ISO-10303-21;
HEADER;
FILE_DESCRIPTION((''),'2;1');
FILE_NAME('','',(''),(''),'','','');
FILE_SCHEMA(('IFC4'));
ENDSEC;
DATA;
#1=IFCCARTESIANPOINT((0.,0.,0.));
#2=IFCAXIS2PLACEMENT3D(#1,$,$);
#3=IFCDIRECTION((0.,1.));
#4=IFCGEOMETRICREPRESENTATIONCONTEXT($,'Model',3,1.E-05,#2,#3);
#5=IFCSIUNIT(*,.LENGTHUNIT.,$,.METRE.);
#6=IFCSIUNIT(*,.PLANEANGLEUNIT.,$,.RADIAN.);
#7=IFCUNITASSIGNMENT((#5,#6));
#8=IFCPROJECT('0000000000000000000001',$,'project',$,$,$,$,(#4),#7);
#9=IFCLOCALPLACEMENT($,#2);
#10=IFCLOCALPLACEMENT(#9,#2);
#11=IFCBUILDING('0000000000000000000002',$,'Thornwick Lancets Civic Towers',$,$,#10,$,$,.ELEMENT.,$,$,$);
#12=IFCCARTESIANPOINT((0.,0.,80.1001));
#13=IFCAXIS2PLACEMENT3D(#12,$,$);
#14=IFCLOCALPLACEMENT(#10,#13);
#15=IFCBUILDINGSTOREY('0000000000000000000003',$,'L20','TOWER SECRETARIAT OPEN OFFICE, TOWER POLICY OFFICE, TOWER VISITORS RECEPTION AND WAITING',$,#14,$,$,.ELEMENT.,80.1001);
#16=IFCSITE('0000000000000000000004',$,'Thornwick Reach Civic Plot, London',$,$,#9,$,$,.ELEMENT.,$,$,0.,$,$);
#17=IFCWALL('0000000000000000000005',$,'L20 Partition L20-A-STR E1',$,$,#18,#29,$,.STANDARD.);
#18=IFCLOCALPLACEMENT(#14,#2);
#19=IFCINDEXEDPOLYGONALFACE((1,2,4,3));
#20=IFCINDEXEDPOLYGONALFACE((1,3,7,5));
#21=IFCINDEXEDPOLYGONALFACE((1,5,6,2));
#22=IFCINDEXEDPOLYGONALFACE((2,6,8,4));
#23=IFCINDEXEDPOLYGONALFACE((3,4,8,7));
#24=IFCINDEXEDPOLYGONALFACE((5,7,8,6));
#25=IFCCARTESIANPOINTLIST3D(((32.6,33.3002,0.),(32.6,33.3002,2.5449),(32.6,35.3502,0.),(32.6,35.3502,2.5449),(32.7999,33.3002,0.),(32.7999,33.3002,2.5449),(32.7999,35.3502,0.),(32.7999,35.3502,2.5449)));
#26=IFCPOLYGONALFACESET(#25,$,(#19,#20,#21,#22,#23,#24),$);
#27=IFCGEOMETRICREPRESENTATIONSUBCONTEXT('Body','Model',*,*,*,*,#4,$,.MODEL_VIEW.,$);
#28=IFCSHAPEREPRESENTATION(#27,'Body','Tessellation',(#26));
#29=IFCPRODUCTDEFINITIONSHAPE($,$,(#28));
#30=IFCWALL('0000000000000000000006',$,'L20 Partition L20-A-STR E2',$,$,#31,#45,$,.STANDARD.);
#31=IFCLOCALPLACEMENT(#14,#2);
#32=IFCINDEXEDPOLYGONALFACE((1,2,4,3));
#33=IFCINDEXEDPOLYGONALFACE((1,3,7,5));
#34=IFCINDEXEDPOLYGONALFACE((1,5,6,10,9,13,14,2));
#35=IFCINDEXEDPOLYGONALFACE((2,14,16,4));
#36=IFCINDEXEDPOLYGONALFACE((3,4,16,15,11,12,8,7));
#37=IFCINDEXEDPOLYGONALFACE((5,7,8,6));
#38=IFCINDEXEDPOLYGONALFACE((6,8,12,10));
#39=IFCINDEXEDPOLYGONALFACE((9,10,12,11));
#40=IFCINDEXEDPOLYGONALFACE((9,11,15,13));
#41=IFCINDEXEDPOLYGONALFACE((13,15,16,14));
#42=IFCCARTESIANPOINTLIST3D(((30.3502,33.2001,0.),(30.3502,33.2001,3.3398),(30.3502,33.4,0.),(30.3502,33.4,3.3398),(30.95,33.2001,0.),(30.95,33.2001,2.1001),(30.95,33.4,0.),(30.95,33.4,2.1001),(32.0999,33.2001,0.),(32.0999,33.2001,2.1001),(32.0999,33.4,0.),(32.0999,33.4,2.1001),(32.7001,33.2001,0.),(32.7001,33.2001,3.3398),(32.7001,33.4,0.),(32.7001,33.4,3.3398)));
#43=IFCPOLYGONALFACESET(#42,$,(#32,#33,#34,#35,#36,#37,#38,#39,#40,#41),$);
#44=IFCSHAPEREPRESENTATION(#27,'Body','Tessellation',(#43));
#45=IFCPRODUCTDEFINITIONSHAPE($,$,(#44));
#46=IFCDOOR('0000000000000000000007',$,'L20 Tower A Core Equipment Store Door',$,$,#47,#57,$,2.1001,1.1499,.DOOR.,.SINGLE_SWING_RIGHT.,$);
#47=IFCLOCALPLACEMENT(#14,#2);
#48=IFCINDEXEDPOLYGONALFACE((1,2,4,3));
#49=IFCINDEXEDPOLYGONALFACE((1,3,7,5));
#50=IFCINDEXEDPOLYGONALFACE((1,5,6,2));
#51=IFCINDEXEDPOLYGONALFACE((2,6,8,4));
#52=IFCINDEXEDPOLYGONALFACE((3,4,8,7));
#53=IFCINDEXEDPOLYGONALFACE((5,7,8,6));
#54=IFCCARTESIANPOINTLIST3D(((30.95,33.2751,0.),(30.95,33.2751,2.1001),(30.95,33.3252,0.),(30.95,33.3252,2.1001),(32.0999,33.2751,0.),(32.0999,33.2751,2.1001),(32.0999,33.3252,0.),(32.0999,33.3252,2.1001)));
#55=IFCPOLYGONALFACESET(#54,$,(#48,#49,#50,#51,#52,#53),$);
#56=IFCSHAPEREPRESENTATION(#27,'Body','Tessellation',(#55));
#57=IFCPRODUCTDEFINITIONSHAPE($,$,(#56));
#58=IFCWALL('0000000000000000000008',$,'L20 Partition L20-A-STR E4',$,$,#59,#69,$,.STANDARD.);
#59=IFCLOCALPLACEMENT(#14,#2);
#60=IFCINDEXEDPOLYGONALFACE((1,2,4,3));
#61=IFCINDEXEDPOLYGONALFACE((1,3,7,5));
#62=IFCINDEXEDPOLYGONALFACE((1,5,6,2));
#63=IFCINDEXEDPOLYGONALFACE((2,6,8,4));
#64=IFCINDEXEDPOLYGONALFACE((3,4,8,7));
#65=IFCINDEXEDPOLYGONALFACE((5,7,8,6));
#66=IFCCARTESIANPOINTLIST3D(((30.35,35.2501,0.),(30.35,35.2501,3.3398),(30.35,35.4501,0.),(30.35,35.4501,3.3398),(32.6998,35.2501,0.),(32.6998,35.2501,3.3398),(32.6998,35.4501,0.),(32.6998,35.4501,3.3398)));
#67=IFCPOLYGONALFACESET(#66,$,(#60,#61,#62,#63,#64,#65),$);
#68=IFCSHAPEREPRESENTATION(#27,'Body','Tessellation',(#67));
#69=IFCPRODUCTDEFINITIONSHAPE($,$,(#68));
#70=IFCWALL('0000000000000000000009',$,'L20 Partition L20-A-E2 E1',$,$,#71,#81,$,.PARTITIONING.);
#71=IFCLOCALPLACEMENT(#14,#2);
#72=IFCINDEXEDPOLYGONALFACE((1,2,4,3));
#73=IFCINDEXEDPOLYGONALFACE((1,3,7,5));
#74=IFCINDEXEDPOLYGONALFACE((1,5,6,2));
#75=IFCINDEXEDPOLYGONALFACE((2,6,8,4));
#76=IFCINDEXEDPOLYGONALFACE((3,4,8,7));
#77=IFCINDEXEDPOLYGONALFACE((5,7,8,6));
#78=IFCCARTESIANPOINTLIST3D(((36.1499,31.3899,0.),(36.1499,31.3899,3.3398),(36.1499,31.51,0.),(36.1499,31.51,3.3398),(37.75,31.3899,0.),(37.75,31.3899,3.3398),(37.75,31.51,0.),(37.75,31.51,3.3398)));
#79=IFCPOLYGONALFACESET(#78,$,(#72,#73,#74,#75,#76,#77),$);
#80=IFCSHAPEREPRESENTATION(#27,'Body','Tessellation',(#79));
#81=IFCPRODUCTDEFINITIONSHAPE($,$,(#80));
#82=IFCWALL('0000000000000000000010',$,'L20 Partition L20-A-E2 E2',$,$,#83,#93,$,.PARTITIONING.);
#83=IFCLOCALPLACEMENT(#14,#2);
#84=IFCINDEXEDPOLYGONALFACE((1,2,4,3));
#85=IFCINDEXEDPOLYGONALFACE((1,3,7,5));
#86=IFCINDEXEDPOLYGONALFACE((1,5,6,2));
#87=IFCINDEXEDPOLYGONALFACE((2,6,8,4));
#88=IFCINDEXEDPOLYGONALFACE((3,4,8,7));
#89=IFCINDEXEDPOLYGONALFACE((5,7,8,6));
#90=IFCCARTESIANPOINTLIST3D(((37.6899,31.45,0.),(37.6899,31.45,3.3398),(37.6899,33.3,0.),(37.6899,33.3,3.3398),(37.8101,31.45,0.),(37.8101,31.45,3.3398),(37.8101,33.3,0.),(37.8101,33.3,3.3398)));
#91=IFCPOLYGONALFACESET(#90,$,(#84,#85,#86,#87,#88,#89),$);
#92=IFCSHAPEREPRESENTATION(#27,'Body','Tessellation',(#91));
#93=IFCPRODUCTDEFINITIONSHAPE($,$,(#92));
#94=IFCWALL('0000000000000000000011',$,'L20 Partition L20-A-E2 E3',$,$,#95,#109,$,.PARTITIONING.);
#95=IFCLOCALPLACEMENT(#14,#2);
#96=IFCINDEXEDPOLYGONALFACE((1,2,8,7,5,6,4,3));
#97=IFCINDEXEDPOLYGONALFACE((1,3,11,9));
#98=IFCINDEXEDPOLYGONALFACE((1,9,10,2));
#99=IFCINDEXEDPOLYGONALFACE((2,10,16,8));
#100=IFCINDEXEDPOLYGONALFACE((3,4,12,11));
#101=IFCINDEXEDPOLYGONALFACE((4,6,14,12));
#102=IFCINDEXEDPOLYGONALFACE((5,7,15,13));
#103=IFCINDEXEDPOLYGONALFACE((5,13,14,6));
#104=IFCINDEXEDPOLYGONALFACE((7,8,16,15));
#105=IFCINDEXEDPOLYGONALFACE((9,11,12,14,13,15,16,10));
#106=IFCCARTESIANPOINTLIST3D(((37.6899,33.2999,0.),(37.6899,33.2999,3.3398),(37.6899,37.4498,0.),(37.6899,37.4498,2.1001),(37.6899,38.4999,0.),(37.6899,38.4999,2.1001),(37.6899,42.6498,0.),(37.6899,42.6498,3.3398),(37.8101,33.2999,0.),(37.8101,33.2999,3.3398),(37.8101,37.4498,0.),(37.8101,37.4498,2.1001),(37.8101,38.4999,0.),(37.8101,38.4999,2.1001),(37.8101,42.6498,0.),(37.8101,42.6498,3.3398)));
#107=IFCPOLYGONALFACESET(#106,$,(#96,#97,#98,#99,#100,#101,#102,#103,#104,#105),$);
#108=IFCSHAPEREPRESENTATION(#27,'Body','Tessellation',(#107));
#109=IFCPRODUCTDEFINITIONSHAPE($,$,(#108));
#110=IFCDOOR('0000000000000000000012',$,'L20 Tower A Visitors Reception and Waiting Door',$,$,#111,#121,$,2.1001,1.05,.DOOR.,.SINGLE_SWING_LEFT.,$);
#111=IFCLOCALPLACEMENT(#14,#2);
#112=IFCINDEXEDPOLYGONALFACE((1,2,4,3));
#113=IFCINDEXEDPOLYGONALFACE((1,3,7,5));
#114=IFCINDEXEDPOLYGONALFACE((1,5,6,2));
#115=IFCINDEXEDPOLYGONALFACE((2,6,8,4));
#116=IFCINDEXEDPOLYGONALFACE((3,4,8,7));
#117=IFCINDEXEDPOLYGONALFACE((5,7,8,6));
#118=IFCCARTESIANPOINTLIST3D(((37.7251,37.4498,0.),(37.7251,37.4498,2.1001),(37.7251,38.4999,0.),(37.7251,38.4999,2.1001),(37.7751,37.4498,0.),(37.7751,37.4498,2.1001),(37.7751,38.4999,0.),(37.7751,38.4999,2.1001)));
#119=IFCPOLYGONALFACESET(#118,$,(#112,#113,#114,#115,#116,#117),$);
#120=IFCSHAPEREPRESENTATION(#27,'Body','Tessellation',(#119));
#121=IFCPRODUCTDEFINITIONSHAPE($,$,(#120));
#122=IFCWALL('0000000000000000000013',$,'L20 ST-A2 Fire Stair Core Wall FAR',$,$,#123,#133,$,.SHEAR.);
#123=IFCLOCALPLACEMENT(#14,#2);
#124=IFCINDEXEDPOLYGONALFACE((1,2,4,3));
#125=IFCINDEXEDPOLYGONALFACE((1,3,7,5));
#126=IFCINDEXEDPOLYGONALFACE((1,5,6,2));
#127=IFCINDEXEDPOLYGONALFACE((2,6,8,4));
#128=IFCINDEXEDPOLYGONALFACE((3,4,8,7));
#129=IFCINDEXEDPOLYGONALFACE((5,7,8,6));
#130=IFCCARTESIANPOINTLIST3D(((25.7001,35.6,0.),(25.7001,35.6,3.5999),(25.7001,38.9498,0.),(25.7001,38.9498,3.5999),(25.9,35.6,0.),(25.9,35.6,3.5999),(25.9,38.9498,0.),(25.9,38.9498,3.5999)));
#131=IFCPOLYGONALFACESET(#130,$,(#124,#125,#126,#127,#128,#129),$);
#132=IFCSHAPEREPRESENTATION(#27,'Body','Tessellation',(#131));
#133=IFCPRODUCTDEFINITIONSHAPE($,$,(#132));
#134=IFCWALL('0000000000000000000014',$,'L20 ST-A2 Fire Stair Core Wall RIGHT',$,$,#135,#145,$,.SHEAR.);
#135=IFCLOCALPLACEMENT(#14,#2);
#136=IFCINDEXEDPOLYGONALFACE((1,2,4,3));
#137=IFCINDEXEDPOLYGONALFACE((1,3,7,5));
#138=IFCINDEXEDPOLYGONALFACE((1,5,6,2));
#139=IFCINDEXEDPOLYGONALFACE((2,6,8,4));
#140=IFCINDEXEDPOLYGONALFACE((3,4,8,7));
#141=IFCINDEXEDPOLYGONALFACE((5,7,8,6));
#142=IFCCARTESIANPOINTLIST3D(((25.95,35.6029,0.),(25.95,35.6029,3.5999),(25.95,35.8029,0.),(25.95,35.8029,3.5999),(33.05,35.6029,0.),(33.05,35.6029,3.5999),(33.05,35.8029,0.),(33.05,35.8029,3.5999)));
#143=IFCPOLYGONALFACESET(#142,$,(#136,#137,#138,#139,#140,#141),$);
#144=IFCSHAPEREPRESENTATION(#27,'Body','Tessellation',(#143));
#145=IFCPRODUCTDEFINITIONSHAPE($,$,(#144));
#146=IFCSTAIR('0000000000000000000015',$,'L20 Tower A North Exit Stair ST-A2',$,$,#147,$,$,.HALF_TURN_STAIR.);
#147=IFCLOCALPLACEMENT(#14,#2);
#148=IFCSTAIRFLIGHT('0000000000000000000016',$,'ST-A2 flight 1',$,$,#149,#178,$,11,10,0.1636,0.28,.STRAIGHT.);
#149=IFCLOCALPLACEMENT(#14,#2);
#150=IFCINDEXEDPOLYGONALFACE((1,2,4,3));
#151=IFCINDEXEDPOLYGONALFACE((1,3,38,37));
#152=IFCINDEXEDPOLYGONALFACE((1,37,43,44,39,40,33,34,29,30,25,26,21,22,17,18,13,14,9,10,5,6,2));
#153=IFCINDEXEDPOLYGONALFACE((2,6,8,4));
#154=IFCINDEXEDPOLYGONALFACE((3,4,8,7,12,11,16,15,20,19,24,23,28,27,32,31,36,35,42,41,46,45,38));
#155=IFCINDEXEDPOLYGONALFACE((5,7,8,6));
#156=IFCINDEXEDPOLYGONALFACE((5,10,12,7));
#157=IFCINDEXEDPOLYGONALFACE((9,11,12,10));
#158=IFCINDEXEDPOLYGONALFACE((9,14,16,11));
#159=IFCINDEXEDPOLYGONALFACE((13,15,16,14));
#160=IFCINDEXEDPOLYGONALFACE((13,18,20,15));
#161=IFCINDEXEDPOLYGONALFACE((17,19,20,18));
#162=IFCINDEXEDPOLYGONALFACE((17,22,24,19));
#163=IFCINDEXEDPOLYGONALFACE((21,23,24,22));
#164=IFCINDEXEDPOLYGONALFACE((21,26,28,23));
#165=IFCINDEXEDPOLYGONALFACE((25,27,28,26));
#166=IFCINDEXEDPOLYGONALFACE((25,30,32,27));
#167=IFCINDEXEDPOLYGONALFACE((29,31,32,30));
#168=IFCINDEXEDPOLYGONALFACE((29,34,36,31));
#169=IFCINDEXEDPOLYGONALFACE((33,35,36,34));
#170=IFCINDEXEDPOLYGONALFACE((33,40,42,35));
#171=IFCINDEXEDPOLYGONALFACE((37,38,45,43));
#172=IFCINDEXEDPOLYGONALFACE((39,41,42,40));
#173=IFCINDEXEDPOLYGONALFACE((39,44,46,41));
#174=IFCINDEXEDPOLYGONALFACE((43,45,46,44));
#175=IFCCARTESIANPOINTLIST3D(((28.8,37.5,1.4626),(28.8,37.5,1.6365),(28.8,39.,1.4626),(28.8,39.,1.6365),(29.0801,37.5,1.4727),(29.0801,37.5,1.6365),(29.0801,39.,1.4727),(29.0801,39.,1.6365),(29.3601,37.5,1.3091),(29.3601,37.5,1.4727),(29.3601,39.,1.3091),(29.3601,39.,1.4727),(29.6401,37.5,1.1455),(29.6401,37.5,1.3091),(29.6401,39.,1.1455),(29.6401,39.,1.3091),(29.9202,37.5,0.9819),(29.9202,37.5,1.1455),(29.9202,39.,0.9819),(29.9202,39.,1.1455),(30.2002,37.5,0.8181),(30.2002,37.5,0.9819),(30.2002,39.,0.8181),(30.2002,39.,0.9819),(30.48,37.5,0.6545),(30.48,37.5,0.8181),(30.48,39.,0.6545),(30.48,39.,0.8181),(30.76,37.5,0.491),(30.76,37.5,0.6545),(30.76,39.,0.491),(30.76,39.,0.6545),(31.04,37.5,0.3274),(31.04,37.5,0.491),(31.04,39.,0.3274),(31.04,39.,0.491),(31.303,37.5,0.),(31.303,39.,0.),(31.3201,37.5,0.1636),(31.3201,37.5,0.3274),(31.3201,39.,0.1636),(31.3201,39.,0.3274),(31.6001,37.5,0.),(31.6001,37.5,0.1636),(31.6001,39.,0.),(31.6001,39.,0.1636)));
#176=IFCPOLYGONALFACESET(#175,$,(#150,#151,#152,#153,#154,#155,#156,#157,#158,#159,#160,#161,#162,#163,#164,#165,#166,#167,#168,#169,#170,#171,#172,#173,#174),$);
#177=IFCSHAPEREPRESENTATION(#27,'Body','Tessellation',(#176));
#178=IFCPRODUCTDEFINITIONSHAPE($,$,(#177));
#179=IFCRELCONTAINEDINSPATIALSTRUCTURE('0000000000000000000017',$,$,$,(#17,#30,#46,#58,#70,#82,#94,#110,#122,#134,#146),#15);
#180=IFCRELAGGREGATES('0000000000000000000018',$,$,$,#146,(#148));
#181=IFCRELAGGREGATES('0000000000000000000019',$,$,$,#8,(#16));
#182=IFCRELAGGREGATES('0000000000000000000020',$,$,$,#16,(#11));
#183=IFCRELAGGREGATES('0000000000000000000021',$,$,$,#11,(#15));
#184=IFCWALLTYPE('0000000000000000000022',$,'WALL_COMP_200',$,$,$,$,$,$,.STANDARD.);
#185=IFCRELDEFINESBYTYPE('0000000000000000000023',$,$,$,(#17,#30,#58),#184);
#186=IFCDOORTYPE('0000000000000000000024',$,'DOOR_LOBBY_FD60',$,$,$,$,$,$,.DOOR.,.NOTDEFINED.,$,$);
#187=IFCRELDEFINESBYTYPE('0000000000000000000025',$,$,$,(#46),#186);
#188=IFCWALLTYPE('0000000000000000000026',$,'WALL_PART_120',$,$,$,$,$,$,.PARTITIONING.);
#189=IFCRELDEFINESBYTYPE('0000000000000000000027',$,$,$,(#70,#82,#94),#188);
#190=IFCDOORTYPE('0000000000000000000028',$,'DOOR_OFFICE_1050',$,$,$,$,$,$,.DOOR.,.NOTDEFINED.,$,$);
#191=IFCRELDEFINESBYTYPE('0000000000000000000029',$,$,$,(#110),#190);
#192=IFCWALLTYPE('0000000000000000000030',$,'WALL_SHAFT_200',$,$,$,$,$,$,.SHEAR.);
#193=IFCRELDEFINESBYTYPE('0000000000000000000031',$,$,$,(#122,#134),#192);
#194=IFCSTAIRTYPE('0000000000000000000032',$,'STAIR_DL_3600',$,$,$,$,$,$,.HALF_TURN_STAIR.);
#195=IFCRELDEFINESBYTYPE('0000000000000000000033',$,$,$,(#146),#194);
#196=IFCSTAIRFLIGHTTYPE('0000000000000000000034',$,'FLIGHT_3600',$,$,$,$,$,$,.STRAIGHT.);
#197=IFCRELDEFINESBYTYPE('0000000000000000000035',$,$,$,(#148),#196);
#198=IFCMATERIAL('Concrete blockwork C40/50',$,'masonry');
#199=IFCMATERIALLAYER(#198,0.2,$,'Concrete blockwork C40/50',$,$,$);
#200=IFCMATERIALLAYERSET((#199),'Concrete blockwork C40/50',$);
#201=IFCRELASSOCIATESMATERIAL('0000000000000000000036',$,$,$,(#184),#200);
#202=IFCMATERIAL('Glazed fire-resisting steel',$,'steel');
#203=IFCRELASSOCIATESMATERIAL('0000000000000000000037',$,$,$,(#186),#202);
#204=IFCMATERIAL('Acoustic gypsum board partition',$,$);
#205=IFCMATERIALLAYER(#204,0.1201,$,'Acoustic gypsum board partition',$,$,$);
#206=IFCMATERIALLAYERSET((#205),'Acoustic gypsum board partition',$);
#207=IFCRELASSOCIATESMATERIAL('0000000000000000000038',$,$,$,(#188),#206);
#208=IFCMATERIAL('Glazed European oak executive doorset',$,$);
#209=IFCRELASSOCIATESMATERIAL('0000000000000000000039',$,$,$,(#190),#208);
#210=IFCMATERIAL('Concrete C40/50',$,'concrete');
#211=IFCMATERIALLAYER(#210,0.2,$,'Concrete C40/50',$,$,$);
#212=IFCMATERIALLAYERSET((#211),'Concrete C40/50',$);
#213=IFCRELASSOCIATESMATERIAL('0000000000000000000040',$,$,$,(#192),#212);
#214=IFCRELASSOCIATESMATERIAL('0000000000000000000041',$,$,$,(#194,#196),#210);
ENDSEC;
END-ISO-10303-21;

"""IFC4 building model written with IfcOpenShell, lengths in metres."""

from ifc_helpers import new_model, si_unit, direction, frame, frame_2d, origin, place, context, subcontext, project, spatial, polyline, rectangle, outline, extrude, material, layer, layer_set, type_object, element, fill, aggregate, save


model = new_model("IFC4")

# Units and contexts
model_context = context("Model", 3, precision=1e-05, world=origin(), true_north=direction((0.0, 1.0)))
body_context = subcontext(model_context, "Body", "Model", "MODEL_VIEW")
ifc_project = project(units=[si_unit("LENGTHUNIT", "METRE"), si_unit("PLANEANGLEUNIT", "RADIAN")], contexts=[model_context])

# Site, building, storey
site_placement = place(None, origin())
site = spatial("IfcSite", under=ifc_project, at=site_placement, Name="Thornwick Reach Civic Plot, London", CompositionType="ELEMENT", RefElevation=0.0)
building_placement = place(site_placement, origin())
building = spatial("IfcBuilding", under=site, at=building_placement, Name="Thornwick Lancets Civic Towers", CompositionType="ELEMENT")
storey_placement = place(building_placement, frame((0.0, 0.0, 80.1001)))
storey = spatial("IfcBuildingStorey", under=building, at=storey_placement, Name="L20", Description="TOWER SECRETARIAT OPEN OFFICE, TOWER POLICY OFFICE, TOWER VISITORS RECEPTION AND WAITING", CompositionType="ELEMENT", Elevation=80.1001)

# Shared definitions
ifc_material_1 = material(Name="Concrete blockwork C40/50", Category="masonry")
ifc_layer_1 = layer(ifc_material_1, 0.2, Name="Concrete blockwork C40/50")
ifc_layer_set_1 = layer_set([ifc_layer_1], Name="Concrete blockwork C40/50")
wall_type_1 = type_object("IfcWallType", Name="WALL_COMP_200", PredefinedType="STANDARD", material=ifc_layer_set_1)

# Shared definitions
ifc_material_2 = material(Name="Glazed fire-resisting steel", Category="steel")
door_type_1 = type_object("IfcDoorType", Name="DOOR_LOBBY_FD60", OperationType="NOTDEFINED", PredefinedType="DOOR", material=ifc_material_2)

# Wall
wall_1_placement = place(storey_placement, frame((32.7, 35.3501, 0.0), z_axis=(0.0, 0.0, 1.0), x_axis=(0.0, -1.0, 0.0)))
element("IfcWall", 1, at=wall_1_placement, inside=storey, type_object=wall_type_1, Name="L20 Partition L20-A-STR E1", PredefinedType="STANDARD", context=body_context, shape_type="SweptSolid", body=[
    extrude(rectangle(XDim=2.05, YDim=0.2, at=frame_2d((1.0249, 0.0))), origin(), (0.0, 0.0, 1.0), 2.5449),
])

# Wall, opening, door
wall_2_placement = place(storey_placement, frame((32.7, 33.3, 0.0), z_axis=(0.0, 0.0, 1.0), x_axis=(-1.0, 0.0, 0.0)))
wall_2 = element("IfcWall", 2, at=wall_2_placement, inside=storey, type_object=wall_type_1, Name="L20 Partition L20-A-STR E2", PredefinedType="STANDARD", context=body_context, shape_type="SweptSolid", body=[
    extrude(rectangle(XDim=2.3499, YDim=0.2, at=frame_2d((1.1748, 0.0))), origin(), (0.0, 0.0, 1.0), 3.3398),
])
opening_1_placement = place(wall_2_placement, frame((0.6001, 0.0, 0.0)))
opening_1 = element("IfcOpeningElement", 3, at=opening_1_placement, cuts=wall_2, PredefinedType="OPENING", context=body_context, shape_type="SweptSolid", body=[
    extrude(rectangle(XDim=1.1499, YDim=2.1001, at=frame_2d((0.575, 1.05))), frame((0.0, 0.1099, 0.0), z_axis=(0.0, -1.0, 0.0), x_axis=(1.0, 0.0, 0.0)), (0.0, 0.0, 1.0), 0.22),
])
door_1_placement = place(opening_1_placement, origin())
door_1 = element("IfcDoor", 4, at=door_1_placement, inside=storey, type_object=door_type_1, Name="L20 Tower A Core Equipment Store Door", OperationType="SINGLE_SWING_RIGHT", OverallHeight=2.1001, OverallWidth=1.1499, PredefinedType="DOOR", context=body_context, shape_type="SweptSolid", body=[
    extrude(rectangle(XDim=1.1499, YDim=2.1001, at=frame_2d((0.575, 1.05))), frame((0.0, 0.0249, 0.0), z_axis=(0.0, -1.0, 0.0), x_axis=(1.0, 0.0, 0.0)), (0.0, 0.0, 1.0), 0.05),
])
fill(opening_1, door_1)

# Walls
wall_3_placement = place(storey_placement, frame((30.3501, 35.3501, 0.0), z_axis=(0.0, 0.0, 1.0), x_axis=(1.0, 0.0, 0.0)))
element("IfcWall", 5, at=wall_3_placement, inside=storey, type_object=wall_type_1, Name="L20 Partition L20-A-STR E4", PredefinedType="STANDARD", context=body_context, shape_type="SweptSolid", body=[
    extrude(rectangle(XDim=2.3499, YDim=0.2, at=frame_2d((1.1748, 0.0))), origin(), (0.0, 0.0, 1.0), 3.3398),
])
ifc_material_3 = material(Name="Acoustic gypsum board partition")
ifc_layer_2 = layer(ifc_material_3, 0.1201, Name="Acoustic gypsum board partition")
ifc_layer_set_2 = layer_set([ifc_layer_2], Name="Acoustic gypsum board partition")
wall_type_2 = type_object("IfcWallType", Name="WALL_PART_120", PredefinedType="PARTITIONING", material=ifc_layer_set_2)
wall_4_placement = place(storey_placement, frame((36.1499, 31.45, 0.0), z_axis=(0.0, 0.0, 1.0), x_axis=(1.0, 0.0, 0.0)))
element("IfcWall", 6, at=wall_4_placement, inside=storey, type_object=wall_type_2, Name="L20 Partition L20-A-E2 E1", PredefinedType="PARTITIONING", context=body_context, shape_type="SweptSolid", body=[
    extrude(rectangle(XDim=1.6001, YDim=0.1201, at=frame_2d((0.8, 0.0))), origin(), (0.0, 0.0, 1.0), 3.3398),
])
wall_5_placement = place(storey_placement, frame((37.75, 31.45, 0.0), z_axis=(0.0, 0.0, 1.0), x_axis=(0.0, 1.0, 0.0)))
element("IfcWall", 7, at=wall_5_placement, inside=storey, type_object=wall_type_2, Name="L20 Partition L20-A-E2 E2", PredefinedType="PARTITIONING", context=body_context, shape_type="SweptSolid", body=[
    extrude(rectangle(XDim=1.8501, YDim=0.1201, at=frame_2d((0.925, 0.0))), origin(), (0.0, 0.0, 1.0), 3.3398),
])

# Wall, opening, door
wall_6_placement = place(storey_placement, frame((37.75, 33.3, 0.0), z_axis=(0.0, 0.0, 1.0), x_axis=(0.0, 1.0, 0.0)))
wall_6 = element("IfcWall", 8, at=wall_6_placement, inside=storey, type_object=wall_type_2, Name="L20 Partition L20-A-E2 E3", PredefinedType="PARTITIONING", context=body_context, shape_type="SweptSolid", body=[
    extrude(rectangle(XDim=9.3499, YDim=0.1201, at=frame_2d((4.6748, 0.0))), origin(), (0.0, 0.0, 1.0), 3.3398),
])
opening_2_placement = place(wall_6_placement, frame((4.1499, 0.0, 0.0)))
opening_2 = element("IfcOpeningElement", 9, at=opening_2_placement, cuts=wall_6, PredefinedType="OPENING", context=body_context, shape_type="SweptSolid", body=[
    extrude(rectangle(XDim=1.05, YDim=2.1001, at=frame_2d((0.5249, 1.05))), frame((0.0, 0.0701, 0.0), z_axis=(0.0, -1.0, 0.0), x_axis=(1.0, 0.0, 0.0)), (0.0, 0.0, 1.0), 0.1401),
])
ifc_material_4 = material(Name="Glazed European oak executive doorset")
door_type_2 = type_object("IfcDoorType", Name="DOOR_OFFICE_1050", OperationType="NOTDEFINED", PredefinedType="DOOR", material=ifc_material_4)
door_2_placement = place(opening_2_placement, origin())
door_2 = element("IfcDoor", 10, at=door_2_placement, inside=storey, type_object=door_type_2, Name="L20 Tower A Visitors Reception and Waiting Door", OperationType="SINGLE_SWING_LEFT", OverallHeight=2.1001, OverallWidth=1.05, PredefinedType="DOOR", context=body_context, shape_type="SweptSolid", body=[
    extrude(rectangle(XDim=1.05, YDim=2.1001, at=frame_2d((0.5249, 1.05))), frame((0.0, 0.0249, 0.0), z_axis=(0.0, -1.0, 0.0), x_axis=(1.0, 0.0, 0.0)), (0.0, 0.0, 1.0), 0.05),
])
fill(opening_2, door_2)

# Walls
ifc_material_5 = material(Name="Concrete C40/50", Category="concrete")
ifc_layer_3 = layer(ifc_material_5, 0.2, Name="Concrete C40/50")
ifc_layer_set_3 = layer_set([ifc_layer_3], Name="Concrete C40/50")
wall_type_3 = type_object("IfcWallType", Name="WALL_SHAFT_200", PredefinedType="SHEAR", material=ifc_layer_set_3)
wall_7_placement = place(storey_placement, frame((25.8, 35.6001, 0.0), z_axis=(0.0, 0.0, 1.0), x_axis=(0.0, 1.0, 0.0)))
element("IfcWall", 11, at=wall_7_placement, inside=storey, type_object=wall_type_3, Name="L20 ST-A2 Fire Stair Core Wall FAR", PredefinedType="SHEAR", context=body_context, shape_type="SweptSolid", body=[
    extrude(rectangle(XDim=3.3499, YDim=0.2, at=frame_2d((1.6748, 0.0))), origin(), (0.0, 0.0, 1.0), 3.5999),
])
wall_8_placement = place(storey_placement, frame((25.95, 35.7029, 0.0), z_axis=(0.0, 0.0, 1.0), x_axis=(1.0, 0.0, 0.0)))
element("IfcWall", 12, at=wall_8_placement, inside=storey, type_object=wall_type_3, Name="L20 ST-A2 Fire Stair Core Wall RIGHT", PredefinedType="SHEAR", context=body_context, shape_type="SweptSolid", body=[
    extrude(rectangle(XDim=7.1001, YDim=0.2, at=frame_2d((3.55, 0.0))), origin(), (0.0, 0.0, 1.0), 3.5999),
])

# Stair, stair flight
stair_type = type_object("IfcStairType", Name="STAIR_DL_3600", PredefinedType="HALF_TURN_STAIR", material=ifc_material_5)
stair_placement = place(storey_placement, origin())
stair = element("IfcStair", 13, at=stair_placement, inside=storey, type_object=stair_type, Name="L20 Tower A North Exit Stair ST-A2", PredefinedType="HALF_TURN_STAIR")
stair_flight_type = type_object("IfcStairFlightType", Name="FLIGHT_3600", PredefinedType="STRAIGHT", material=ifc_material_5)
stair_flight_1_placement = place(storey_placement, frame((31.6001, 38.25, 0.0), z_axis=(0.0, 0.0, 1.0), x_axis=(-1.0, 0.0, 0.0)))
stair_flight_1 = element("IfcStairFlight", 14, at=stair_flight_1_placement, type_object=stair_flight_type, Name="ST-A2 flight 1", NumberOfRisers=11, NumberOfTreads=10, PredefinedType="STRAIGHT", RiserHeight=0.1636, TreadLength=0.28, context=body_context, shape_type="SweptSolid", body=[
    extrude(outline(polyline([(0.0, 0.0), (0.0, 0.1636), (0.28, 0.1636), (0.28, 0.3274), (0.5601, 0.3274), (0.5601, 0.491), (0.8401, 0.491), (0.8401, 0.6545), (1.1201, 0.6545), (1.1201, 0.8181), (1.3999, 0.8181), (1.3999, 0.9819), (1.6799, 0.9819), (1.6799, 1.1455), (1.96, 1.1455), (1.96, 1.3091), (2.24, 1.3091), (2.24, 1.4727), (2.52, 1.4727), (2.52, 1.6365), (2.8, 1.6365), (2.8, 1.8), (2.8, 1.4626), (0.2971, 0.0), (0.0, 0.0)])), frame((0.0, 0.75, 0.0), z_axis=(0.0, -1.0, 0.0), x_axis=(1.0, 0.0, 0.0)), (0.0, 0.0, 1.0), 1.5),
])
aggregate(stair, [stair_flight_1])

save(model, "model.ifc")
